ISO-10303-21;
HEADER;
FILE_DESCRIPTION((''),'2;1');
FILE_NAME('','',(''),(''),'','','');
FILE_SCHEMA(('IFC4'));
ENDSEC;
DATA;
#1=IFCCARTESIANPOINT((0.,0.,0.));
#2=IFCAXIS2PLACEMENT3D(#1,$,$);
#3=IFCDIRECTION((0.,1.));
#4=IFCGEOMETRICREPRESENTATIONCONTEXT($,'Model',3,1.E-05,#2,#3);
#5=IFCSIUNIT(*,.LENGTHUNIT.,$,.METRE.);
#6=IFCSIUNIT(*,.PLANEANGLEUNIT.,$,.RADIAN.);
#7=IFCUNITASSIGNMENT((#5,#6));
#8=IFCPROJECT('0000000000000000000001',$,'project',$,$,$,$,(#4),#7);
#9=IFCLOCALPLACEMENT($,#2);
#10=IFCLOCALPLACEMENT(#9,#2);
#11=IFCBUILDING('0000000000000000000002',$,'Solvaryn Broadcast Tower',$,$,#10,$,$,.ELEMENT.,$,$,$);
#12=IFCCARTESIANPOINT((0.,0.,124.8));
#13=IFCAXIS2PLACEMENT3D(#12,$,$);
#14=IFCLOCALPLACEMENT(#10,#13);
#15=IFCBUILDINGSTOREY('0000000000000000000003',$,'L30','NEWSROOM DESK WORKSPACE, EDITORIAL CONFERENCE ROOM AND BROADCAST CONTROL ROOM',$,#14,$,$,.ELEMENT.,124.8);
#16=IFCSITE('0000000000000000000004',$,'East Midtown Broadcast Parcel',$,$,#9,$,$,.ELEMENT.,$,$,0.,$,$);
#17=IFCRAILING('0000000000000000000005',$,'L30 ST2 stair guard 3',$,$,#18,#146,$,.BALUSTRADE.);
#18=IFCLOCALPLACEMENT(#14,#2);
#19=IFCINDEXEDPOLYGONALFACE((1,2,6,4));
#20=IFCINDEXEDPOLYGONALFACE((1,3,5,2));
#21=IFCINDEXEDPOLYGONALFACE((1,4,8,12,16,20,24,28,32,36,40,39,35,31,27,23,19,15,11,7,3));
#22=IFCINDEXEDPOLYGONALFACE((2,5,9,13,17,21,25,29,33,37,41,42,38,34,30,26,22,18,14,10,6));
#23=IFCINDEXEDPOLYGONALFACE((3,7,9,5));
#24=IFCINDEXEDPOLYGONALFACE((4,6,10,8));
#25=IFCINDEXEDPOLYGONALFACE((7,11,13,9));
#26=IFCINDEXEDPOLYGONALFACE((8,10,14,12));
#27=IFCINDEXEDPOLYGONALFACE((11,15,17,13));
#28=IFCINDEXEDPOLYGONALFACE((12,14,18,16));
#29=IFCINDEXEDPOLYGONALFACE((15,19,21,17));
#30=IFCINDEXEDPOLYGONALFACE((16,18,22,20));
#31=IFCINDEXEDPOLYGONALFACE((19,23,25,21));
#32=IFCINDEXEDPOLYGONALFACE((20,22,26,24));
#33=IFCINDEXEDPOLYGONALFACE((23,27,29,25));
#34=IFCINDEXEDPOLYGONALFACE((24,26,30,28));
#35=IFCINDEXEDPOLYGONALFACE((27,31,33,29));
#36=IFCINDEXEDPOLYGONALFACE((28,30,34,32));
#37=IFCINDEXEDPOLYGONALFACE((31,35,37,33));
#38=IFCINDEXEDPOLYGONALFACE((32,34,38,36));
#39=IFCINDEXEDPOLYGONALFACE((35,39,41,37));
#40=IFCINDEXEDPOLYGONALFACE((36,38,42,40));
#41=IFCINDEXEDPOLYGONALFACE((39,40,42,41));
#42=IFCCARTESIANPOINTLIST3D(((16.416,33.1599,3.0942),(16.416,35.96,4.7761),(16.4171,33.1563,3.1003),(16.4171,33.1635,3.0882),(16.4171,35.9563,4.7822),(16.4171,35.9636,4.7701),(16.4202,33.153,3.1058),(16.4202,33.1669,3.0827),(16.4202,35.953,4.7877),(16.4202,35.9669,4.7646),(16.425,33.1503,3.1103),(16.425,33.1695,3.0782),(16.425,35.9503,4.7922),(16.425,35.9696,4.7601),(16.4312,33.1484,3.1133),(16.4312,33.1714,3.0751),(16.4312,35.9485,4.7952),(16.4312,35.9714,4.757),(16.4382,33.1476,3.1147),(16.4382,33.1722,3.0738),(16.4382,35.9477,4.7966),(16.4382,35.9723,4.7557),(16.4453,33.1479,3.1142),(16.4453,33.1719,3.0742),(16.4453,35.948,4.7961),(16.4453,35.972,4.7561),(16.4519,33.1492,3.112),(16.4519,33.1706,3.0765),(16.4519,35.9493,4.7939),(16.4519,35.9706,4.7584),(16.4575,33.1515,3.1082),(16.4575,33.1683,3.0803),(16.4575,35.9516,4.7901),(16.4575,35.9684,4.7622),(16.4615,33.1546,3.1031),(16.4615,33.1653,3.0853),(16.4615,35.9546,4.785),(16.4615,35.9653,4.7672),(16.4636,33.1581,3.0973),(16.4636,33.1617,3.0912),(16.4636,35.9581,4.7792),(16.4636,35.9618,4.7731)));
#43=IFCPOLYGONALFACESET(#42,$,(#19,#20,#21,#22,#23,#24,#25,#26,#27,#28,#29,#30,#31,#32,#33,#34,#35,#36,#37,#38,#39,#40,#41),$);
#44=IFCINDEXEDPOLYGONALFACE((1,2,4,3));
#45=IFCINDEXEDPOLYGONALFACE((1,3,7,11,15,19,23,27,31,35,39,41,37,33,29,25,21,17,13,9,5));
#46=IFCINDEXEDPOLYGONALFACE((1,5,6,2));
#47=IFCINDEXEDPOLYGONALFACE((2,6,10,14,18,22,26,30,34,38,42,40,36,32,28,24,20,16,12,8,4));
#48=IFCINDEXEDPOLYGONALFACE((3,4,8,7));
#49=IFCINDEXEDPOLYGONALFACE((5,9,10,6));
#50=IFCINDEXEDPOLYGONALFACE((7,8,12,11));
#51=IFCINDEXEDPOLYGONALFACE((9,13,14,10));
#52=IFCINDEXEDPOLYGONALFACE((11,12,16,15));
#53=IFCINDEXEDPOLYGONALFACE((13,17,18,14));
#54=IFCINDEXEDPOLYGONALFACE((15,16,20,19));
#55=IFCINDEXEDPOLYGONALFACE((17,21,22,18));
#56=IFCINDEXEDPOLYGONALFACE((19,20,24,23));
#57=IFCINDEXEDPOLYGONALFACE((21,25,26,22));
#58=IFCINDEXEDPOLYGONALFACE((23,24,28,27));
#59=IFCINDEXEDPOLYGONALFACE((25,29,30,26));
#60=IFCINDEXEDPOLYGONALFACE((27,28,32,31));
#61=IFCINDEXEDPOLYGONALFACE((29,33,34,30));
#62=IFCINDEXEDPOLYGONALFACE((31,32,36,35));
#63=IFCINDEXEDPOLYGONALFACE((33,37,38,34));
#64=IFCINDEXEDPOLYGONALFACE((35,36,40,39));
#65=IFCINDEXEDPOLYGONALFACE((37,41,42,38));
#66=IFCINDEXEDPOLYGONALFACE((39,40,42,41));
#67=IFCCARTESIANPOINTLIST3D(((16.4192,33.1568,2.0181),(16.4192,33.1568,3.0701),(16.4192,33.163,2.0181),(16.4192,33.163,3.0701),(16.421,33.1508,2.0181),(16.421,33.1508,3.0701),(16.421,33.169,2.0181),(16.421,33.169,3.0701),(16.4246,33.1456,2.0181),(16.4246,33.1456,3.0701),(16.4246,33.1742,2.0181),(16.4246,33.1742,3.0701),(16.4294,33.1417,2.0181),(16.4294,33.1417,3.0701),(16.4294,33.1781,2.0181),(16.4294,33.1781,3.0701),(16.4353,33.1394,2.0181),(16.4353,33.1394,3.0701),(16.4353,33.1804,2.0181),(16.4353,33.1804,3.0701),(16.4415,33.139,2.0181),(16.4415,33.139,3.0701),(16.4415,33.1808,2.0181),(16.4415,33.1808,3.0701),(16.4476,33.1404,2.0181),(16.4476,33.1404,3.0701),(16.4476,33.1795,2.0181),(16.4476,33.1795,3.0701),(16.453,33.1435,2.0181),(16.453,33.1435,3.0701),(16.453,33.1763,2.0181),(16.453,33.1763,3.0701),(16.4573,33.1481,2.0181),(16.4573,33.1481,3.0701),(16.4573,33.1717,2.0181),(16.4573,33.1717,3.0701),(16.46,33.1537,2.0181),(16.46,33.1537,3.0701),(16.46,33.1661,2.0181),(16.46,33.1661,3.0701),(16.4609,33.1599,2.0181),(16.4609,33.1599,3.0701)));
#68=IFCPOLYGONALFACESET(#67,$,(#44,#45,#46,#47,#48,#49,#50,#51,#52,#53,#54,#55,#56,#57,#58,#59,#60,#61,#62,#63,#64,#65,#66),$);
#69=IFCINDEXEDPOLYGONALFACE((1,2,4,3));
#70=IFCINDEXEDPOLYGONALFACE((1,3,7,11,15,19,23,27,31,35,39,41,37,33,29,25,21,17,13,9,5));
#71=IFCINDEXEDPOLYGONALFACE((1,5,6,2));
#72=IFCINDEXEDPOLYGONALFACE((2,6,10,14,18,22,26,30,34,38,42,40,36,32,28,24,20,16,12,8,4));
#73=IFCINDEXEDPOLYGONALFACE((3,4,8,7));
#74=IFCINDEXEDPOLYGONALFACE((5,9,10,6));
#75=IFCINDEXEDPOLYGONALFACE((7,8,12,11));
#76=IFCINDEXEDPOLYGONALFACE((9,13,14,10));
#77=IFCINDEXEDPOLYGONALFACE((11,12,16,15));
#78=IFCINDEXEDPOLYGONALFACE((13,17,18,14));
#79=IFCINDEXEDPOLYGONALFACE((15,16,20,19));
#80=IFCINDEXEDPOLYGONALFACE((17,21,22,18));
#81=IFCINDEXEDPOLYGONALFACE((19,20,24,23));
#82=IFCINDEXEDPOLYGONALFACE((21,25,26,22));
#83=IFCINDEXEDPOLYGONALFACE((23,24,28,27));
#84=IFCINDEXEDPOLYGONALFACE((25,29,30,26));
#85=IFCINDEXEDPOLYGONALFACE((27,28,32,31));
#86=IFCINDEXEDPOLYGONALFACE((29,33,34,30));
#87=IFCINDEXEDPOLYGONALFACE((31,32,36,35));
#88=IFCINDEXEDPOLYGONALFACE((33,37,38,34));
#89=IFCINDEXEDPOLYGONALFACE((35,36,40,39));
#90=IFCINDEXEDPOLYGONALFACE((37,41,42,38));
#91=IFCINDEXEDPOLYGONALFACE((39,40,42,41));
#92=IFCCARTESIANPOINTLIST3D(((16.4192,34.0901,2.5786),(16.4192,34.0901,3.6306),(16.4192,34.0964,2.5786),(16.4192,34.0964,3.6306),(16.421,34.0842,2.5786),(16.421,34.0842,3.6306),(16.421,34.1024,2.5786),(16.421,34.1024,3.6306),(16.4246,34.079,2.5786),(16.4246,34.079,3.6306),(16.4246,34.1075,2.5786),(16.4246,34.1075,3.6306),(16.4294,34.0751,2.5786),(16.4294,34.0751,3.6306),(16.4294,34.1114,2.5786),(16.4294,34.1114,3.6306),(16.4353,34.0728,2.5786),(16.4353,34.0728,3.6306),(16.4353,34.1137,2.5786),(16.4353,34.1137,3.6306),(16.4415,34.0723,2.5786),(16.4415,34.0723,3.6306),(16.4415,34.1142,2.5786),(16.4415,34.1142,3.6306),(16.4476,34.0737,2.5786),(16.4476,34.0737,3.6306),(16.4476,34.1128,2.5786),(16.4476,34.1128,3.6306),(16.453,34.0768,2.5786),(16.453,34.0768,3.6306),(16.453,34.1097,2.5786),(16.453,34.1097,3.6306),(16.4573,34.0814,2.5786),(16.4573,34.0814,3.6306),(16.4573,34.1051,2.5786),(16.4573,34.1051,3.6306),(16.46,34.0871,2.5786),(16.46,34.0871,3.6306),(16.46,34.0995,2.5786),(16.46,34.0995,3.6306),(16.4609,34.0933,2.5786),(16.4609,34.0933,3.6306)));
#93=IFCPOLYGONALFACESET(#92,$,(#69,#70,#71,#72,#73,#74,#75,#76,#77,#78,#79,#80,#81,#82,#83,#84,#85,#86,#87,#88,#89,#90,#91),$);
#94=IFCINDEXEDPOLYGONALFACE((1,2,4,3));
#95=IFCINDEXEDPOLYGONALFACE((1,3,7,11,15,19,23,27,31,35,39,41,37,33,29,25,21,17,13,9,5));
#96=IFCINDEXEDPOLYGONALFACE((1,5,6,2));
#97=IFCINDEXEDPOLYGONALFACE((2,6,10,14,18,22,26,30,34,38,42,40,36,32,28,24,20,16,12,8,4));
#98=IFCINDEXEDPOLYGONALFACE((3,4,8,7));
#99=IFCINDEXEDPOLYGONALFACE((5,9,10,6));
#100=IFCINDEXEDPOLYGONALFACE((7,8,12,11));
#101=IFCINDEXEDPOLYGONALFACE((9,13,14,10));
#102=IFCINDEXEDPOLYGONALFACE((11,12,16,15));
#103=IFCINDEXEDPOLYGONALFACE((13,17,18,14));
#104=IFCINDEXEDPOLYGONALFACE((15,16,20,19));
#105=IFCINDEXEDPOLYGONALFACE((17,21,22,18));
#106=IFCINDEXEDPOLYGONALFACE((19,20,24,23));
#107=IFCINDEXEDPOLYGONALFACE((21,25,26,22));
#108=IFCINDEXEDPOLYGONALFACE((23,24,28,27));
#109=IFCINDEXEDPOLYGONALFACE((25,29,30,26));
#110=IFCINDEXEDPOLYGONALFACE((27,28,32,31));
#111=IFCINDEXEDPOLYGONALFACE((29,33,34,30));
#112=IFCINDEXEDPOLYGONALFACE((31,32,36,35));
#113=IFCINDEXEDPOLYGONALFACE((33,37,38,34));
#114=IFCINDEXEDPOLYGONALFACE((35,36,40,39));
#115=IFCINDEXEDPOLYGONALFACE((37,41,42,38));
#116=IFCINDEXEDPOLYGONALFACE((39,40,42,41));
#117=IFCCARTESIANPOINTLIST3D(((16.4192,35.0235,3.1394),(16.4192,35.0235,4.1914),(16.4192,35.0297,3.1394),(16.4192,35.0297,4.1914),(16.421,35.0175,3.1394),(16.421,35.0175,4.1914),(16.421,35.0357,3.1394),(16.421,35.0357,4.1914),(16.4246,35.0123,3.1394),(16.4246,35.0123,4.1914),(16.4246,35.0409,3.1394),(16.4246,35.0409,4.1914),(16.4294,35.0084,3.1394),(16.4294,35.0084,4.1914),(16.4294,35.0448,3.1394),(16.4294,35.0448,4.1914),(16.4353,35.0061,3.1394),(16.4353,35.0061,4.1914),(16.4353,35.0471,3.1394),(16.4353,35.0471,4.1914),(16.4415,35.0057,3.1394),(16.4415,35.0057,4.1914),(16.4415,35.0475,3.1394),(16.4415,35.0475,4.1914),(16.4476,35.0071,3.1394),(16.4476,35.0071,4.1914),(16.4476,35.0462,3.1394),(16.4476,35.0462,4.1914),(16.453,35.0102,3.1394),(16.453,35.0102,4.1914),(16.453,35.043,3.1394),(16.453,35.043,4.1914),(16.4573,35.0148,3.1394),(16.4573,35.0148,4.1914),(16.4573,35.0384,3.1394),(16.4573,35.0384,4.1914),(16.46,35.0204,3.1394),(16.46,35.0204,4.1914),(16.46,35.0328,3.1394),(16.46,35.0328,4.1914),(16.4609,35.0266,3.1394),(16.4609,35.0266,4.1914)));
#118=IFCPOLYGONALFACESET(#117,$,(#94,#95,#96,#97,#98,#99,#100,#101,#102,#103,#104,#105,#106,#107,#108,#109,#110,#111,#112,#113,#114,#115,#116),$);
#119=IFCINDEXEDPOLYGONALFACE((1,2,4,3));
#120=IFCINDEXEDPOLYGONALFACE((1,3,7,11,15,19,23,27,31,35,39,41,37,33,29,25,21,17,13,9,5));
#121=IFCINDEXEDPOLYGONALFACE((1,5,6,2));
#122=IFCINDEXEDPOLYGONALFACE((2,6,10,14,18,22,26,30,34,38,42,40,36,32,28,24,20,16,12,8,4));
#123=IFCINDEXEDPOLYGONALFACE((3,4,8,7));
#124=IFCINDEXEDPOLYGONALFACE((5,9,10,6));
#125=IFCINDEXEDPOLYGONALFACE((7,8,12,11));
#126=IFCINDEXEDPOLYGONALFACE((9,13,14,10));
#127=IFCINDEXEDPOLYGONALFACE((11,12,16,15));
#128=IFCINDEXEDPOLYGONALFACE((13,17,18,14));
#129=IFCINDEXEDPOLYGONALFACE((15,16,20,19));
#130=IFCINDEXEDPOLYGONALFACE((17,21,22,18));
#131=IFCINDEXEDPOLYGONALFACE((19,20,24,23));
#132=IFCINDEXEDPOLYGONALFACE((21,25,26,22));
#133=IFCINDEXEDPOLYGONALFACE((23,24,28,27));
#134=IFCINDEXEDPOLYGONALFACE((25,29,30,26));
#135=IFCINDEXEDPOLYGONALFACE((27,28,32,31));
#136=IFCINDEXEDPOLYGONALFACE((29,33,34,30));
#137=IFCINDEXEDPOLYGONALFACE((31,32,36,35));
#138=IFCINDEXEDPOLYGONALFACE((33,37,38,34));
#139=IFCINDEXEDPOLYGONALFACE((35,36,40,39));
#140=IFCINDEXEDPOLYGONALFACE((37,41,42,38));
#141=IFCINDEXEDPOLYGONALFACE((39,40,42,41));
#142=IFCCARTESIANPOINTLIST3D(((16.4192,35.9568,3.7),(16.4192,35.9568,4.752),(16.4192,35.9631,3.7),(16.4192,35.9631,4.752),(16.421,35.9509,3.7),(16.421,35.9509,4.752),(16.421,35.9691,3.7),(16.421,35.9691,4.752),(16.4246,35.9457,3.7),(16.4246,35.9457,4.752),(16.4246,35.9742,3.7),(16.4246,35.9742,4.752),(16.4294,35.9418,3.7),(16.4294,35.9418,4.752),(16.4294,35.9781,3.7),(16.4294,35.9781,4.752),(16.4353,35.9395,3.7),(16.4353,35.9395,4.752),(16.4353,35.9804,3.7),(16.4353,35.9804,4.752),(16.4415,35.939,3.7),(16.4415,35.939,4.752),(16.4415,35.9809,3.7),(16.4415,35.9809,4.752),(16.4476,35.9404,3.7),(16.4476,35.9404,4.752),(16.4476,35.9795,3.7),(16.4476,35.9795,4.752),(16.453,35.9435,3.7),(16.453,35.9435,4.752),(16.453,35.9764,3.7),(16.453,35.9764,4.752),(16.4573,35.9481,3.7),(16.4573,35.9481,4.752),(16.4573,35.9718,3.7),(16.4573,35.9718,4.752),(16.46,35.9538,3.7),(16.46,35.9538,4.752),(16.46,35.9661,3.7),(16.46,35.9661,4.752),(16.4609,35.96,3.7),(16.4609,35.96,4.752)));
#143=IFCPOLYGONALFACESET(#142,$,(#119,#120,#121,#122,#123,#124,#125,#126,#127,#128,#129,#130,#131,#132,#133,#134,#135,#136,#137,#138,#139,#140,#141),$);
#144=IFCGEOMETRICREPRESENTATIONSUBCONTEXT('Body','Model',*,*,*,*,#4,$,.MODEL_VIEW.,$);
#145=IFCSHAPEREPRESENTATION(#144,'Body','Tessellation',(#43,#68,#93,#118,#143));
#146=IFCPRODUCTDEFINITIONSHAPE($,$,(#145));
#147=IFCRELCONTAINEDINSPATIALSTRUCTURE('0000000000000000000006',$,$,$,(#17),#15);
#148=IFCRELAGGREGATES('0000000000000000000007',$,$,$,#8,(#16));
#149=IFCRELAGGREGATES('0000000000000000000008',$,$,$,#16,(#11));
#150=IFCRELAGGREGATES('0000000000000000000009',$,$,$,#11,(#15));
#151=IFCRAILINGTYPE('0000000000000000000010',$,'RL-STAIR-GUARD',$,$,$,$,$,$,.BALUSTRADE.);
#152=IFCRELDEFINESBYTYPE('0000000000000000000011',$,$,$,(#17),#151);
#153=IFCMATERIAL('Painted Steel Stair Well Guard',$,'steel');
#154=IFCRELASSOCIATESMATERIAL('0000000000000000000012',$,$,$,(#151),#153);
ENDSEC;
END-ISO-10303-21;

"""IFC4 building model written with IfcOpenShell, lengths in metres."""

from ifc_helpers import new_model, si_unit, direction, frame, origin, origin_2d, place, context, subcontext, project, spatial, circle, extrude, material, type_object, element, save


model = new_model("IFC4")

# Units and contexts
model_context = context("Model", 3, precision=1e-05, world=origin(), true_north=direction((0.0, 1.0)))
body_context = subcontext(model_context, "Body", "Model", "MODEL_VIEW")
ifc_project = project(units=[si_unit("LENGTHUNIT", "METRE"), si_unit("PLANEANGLEUNIT", "RADIAN")], contexts=[model_context])

# Site, building, storey
site_placement = place(None, origin())
site = spatial("IfcSite", under=ifc_project, at=site_placement, Name="East Midtown Broadcast Parcel", CompositionType="ELEMENT", RefElevation=0.0)
building_placement = place(site_placement, origin())
building = spatial("IfcBuilding", under=site, at=building_placement, Name="Solvaryn Broadcast Tower", CompositionType="ELEMENT")
storey_placement = place(building_placement, frame((0.0, 0.0, 124.8)))
storey = spatial("IfcBuildingStorey", under=building, at=storey_placement, Name="L30", Description="NEWSROOM DESK WORKSPACE, EDITORIAL CONFERENCE ROOM AND BROADCAST CONTROL ROOM", CompositionType="ELEMENT", Elevation=124.8)

# Railing
ifc_material_1 = material(Name="Painted Steel Stair Well Guard", Category="steel")
railing_type_1 = type_object("IfcRailingType", Name="RL-STAIR-GUARD", PredefinedType="BALUSTRADE", material=ifc_material_1)
railing_1_placement = place(storey_placement, frame((16.4399, 33.1599, 2.0181)))
element("IfcRailing", 1, at=railing_1_placement, inside=storey, type_object=railing_type_1, Name="L30 ST2 stair guard 3", PredefinedType="BALUSTRADE", context=body_context, shape_type="SweptSolid", body=[
    extrude(circle(Radius=0.0239, at=origin_2d()), frame((0.0, 0.0, 1.0762), z_axis=(0.0, 0.857242, 0.514913), x_axis=(-1.0, 0.0, 0.0)), (0.0, 0.0, 1.0), 3.2664),
    extrude(circle(Radius=0.021, at=origin_2d()), origin(), (0.0, 0.0, 1.0), 1.052),
    extrude(circle(Radius=0.021, at=origin_2d()), frame((0.0, 0.9333, 0.5605)), (0.0, 0.0, 1.0), 1.052),
    extrude(circle(Radius=0.021, at=origin_2d()), frame((0.0, 1.8667, 1.1213)), (0.0, 0.0, 1.0), 1.052),
    extrude(circle(Radius=0.021, at=origin_2d()), frame((0.0, 2.8, 1.6819)), (0.0, 0.0, 1.0), 1.052),
])

save(model, "model.ifc")
